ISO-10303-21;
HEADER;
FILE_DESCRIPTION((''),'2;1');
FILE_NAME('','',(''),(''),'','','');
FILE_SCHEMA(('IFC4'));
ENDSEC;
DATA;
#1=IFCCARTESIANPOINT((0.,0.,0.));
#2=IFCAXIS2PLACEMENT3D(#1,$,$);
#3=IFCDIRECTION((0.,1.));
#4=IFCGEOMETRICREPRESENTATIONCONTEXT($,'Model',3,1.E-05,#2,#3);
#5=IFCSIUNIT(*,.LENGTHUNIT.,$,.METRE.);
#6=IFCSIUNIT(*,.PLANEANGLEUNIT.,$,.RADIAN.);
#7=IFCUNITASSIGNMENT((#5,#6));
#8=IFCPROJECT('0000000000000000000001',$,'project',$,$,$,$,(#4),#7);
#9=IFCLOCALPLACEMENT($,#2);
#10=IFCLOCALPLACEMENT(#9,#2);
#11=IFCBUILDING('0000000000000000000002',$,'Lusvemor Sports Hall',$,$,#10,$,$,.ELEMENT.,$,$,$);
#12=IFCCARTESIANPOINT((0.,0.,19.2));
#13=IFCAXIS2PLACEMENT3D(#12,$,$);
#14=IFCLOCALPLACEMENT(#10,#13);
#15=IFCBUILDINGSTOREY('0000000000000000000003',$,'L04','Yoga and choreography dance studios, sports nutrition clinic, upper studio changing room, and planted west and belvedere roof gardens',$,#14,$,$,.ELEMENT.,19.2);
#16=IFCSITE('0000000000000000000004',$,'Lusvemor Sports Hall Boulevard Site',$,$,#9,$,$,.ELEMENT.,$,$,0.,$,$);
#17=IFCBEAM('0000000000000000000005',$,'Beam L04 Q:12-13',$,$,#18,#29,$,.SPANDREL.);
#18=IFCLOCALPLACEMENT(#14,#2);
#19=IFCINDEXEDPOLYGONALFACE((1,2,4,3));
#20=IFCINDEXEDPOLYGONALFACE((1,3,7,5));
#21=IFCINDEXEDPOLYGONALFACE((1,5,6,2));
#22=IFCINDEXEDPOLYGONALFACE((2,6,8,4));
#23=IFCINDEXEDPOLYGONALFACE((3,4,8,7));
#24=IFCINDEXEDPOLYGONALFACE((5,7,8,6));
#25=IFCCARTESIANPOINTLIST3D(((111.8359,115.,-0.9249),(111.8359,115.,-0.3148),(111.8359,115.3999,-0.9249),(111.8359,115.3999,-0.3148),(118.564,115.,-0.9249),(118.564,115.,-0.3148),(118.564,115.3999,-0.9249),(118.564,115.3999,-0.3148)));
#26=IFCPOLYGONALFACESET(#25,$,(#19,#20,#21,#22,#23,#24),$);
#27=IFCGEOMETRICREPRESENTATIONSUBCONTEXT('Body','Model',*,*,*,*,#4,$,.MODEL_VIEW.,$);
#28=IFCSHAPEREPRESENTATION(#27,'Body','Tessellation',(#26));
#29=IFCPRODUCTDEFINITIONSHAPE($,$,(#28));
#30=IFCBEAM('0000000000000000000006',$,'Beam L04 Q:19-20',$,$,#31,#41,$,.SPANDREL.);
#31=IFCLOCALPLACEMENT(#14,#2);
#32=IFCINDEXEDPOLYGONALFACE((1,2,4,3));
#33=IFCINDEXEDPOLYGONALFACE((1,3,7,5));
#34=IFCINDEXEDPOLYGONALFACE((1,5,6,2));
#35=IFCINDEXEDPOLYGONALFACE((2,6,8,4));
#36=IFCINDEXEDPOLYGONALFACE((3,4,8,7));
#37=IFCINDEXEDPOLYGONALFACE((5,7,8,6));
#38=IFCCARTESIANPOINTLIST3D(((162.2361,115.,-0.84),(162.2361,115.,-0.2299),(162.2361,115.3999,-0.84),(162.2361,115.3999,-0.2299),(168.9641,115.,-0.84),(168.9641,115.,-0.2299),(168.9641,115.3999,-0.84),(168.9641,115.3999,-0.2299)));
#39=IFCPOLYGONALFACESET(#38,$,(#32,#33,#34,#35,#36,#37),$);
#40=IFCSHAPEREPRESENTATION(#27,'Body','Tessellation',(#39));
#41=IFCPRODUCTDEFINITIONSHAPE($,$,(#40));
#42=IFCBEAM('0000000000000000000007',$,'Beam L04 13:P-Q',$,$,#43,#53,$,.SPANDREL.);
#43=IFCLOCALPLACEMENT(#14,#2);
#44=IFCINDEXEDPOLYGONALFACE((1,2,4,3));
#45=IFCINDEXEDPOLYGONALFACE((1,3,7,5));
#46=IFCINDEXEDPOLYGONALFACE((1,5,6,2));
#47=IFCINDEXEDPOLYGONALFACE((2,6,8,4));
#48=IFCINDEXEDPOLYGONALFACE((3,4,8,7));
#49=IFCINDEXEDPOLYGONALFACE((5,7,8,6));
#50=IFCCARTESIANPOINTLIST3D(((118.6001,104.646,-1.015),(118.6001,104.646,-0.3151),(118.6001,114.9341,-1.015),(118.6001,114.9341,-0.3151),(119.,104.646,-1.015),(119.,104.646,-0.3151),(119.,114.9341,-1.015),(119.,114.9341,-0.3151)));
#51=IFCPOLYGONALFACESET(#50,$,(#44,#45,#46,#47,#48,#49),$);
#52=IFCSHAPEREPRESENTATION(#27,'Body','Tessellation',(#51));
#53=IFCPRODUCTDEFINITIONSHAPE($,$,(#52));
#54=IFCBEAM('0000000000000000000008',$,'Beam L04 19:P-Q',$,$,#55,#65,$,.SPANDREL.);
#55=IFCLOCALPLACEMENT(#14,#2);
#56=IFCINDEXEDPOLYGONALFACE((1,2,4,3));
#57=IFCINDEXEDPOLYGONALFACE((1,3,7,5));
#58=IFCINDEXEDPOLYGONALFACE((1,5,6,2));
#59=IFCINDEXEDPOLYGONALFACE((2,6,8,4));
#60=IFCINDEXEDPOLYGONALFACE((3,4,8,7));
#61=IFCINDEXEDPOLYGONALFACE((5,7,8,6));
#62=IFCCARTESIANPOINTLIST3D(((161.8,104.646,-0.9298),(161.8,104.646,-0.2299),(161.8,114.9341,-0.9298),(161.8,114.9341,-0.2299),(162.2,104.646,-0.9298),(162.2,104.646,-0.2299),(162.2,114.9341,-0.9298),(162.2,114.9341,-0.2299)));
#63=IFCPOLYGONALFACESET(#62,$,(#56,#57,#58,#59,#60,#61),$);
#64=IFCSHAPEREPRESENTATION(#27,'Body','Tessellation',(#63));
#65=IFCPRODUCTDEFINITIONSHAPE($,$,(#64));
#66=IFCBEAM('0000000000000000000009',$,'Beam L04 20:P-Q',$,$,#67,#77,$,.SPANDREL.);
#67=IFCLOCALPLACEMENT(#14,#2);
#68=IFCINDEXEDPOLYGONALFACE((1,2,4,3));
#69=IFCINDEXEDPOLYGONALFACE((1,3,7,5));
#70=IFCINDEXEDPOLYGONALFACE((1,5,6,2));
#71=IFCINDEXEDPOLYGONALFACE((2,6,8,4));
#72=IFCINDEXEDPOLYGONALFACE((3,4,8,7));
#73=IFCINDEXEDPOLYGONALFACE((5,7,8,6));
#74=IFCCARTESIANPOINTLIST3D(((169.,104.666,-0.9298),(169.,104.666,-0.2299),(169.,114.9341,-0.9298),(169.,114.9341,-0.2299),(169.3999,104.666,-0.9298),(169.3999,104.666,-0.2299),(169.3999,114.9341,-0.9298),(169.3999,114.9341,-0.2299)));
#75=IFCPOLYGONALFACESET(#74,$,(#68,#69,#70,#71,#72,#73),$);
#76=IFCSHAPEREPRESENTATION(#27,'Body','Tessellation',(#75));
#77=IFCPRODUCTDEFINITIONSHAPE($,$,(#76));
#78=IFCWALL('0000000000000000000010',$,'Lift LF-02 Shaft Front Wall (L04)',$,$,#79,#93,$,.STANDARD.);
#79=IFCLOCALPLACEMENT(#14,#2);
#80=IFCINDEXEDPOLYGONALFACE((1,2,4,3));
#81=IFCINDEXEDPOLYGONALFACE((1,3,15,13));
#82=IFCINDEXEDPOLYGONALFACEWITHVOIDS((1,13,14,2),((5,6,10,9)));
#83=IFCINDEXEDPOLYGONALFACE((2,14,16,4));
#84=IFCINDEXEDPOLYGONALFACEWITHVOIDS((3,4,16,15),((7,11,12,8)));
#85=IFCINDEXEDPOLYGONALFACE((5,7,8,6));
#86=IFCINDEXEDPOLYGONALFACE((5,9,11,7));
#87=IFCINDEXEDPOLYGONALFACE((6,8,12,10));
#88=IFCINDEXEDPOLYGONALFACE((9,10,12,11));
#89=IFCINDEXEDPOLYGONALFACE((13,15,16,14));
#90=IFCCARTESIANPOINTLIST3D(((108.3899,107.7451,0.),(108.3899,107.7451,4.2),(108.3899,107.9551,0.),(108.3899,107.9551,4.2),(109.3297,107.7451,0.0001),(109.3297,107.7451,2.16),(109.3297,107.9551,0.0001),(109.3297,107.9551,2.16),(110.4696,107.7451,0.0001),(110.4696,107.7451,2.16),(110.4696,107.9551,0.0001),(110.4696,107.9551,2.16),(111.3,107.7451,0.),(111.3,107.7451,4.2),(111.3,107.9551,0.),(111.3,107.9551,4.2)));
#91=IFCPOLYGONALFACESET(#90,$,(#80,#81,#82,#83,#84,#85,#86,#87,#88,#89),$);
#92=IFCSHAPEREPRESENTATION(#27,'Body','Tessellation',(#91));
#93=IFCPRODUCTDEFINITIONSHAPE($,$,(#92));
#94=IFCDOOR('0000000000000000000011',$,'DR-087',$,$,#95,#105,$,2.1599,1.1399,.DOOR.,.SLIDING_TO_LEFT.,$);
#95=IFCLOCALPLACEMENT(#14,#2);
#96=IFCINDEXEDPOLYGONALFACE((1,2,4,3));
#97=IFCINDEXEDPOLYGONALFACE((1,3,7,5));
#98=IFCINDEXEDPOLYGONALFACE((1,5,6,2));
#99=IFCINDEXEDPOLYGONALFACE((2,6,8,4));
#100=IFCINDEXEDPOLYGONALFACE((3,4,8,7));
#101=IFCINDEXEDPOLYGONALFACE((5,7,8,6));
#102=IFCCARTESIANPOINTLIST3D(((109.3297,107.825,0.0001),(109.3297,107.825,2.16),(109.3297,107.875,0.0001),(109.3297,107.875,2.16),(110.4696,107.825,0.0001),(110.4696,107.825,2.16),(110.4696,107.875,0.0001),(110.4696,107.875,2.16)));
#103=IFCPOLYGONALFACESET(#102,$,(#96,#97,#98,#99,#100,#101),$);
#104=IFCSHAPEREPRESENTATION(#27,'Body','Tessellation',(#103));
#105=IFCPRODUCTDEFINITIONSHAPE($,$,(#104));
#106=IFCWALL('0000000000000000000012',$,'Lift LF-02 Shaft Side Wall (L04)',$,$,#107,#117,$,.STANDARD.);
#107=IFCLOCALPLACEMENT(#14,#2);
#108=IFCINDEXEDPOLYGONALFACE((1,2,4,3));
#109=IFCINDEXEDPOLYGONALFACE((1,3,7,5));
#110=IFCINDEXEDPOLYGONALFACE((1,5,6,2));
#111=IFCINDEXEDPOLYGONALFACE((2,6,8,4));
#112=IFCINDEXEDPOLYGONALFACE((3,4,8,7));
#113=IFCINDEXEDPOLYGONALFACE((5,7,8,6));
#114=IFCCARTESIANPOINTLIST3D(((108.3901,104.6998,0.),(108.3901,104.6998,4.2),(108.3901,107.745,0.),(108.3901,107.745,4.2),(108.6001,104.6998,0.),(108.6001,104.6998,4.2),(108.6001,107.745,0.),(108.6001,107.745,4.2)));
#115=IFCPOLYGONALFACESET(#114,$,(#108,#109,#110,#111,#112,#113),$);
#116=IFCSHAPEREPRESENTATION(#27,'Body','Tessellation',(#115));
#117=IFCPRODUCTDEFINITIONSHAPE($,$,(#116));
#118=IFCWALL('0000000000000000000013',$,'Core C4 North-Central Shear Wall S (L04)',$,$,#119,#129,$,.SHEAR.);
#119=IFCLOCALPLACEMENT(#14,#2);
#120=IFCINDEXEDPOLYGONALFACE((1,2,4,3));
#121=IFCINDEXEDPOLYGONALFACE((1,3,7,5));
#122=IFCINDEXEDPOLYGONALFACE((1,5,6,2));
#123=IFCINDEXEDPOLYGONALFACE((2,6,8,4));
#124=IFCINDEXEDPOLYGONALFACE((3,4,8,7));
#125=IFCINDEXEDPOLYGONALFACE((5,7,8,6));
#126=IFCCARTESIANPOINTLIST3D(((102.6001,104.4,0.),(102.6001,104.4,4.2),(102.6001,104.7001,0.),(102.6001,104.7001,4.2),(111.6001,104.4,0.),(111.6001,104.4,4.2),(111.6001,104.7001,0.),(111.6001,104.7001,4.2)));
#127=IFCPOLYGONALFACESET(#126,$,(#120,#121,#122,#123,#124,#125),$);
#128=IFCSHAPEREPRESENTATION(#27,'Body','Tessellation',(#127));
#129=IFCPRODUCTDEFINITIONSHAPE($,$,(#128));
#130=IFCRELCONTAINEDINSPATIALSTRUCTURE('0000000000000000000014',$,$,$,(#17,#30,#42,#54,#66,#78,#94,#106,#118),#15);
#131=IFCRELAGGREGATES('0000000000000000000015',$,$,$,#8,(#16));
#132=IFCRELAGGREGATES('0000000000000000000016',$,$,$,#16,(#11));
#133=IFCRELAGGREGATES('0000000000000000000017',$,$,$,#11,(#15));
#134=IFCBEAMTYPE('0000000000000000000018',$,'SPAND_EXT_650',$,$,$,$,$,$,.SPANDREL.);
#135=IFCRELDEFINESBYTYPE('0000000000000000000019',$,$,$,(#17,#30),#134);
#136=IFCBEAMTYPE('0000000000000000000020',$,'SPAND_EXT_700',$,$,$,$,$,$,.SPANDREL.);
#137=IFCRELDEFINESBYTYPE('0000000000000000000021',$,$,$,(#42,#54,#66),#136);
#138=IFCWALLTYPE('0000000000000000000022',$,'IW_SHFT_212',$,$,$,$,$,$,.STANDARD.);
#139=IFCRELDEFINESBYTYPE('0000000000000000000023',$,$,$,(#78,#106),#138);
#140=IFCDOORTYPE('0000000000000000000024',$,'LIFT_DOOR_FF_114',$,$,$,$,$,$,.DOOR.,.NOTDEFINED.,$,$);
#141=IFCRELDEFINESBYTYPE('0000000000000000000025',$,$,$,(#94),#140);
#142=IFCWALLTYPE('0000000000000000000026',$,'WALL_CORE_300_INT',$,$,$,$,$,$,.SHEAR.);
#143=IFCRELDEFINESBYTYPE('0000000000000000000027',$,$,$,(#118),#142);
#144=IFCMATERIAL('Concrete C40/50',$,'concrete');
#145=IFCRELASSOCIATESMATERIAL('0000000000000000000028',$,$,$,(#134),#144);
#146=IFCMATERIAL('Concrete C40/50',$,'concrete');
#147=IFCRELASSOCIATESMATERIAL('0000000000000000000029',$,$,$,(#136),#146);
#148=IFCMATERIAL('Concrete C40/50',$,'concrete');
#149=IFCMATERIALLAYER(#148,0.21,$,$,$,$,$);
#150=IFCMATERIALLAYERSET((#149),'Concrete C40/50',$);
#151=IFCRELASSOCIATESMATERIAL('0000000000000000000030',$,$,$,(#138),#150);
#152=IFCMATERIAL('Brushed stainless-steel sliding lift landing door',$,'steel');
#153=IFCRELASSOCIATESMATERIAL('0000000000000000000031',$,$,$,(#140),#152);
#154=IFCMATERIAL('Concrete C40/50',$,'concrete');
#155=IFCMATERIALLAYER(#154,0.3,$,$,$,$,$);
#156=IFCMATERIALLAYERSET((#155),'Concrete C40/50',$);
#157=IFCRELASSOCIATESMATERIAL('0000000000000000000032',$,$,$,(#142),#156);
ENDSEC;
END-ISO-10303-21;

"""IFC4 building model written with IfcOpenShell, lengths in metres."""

from ifc_helpers import new_model, si_unit, direction, frame, frame_2d, origin, origin_2d, place, context, subcontext, project, spatial, rectangle, extrude, material, layer, layer_set, material_profile, profile_set, type_object, element, fill, save


model = new_model("IFC4")

# Units and contexts
model_context = context("Model", 3, precision=1e-05, world=origin(), true_north=direction((0.0, 1.0)))
body_context = subcontext(model_context, "Body", "Model", "MODEL_VIEW")
ifc_project = project(units=[si_unit("LENGTHUNIT", "METRE"), si_unit("PLANEANGLEUNIT", "RADIAN")], contexts=[model_context])

# Site, building, storey
site_placement = place(None, origin())
site = spatial("IfcSite", under=ifc_project, at=site_placement, Name="Lusvemor Sports Hall Boulevard Site", CompositionType="ELEMENT", RefElevation=0.0)
building_placement = place(site_placement, origin())
building = spatial("IfcBuilding", under=site, at=building_placement, Name="Lusvemor Sports Hall", CompositionType="ELEMENT")
storey_placement = place(building_placement, frame((0.0, 0.0, 19.2)))
storey = spatial("IfcBuildingStorey", under=building, at=storey_placement, Name="L04", Description="Yoga and choreography dance studios, sports nutrition clinic, upper studio changing room, and planted west and belvedere roof gardens", CompositionType="ELEMENT", Elevation=19.2)

# Beams
ifc_material_1 = material(Name="Concrete C40/50", Category="concrete")
ifc_material_profile_1 = material_profile(ifc_material_1, rectangle(XDim=0.3999, YDim=0.6101, at=origin_2d()), Name="RC400x610")
ifc_profile_set_1 = profile_set([ifc_material_profile_1], Name="Concrete C40/50")
beam_type_1 = type_object("IfcBeamType", Name="SPAND_EXT_650", PredefinedType="SPANDREL", material=ifc_profile_set_1)
for number, where, z_axis, x_axis, name in (
    (1, (111.8359, 115.2, -0.6199), (1.0, 0.0, 0.0), (0.0, 1.0, 0.0), "Beam L04 Q:12-13"),
    (2, (162.2361, 115.2, -0.5349), (1.0, 0.0, 0.0), (0.0, 1.0, 0.0), "Beam L04 Q:19-20"),
):
    element("IfcBeam", number, at=place(storey_placement, frame(where, z_axis=z_axis, x_axis=x_axis)), inside=storey, type_object=beam_type_1, Name=name, PredefinedType="SPANDREL", context=body_context, shape_type="SweptSolid", body=[
        extrude(rectangle(XDim=0.3999, YDim=0.6101, at=origin_2d()), origin(), (0.0, 0.0, 1.0), 6.728),
    ])
ifc_material_2 = material(Name="Concrete C40/50", Category="concrete")
ifc_material_profile_2 = material_profile(ifc_material_2, rectangle(XDim=0.3999, YDim=0.7, at=origin_2d()), Name="RC400x700")
ifc_profile_set_2 = profile_set([ifc_material_profile_2], Name="Concrete C40/50")
beam_type_2 = type_object("IfcBeamType", Name="SPAND_EXT_700", PredefinedType="SPANDREL", material=ifc_profile_set_2)
for number, where, z_axis, x_axis, name in (
    (3, (118.8, 104.646, -0.665), (0.0, 1.0, 0.0), (-1.0, 0.0, 0.0), "Beam L04 13:P-Q"),
    (4, (162.0, 104.646, -0.5798), (0.0, 1.0, 0.0), (-1.0, 0.0, 0.0), "Beam L04 19:P-Q"),
):
    element("IfcBeam", number, at=place(storey_placement, frame(where, z_axis=z_axis, x_axis=x_axis)), inside=storey, type_object=beam_type_2, Name=name, PredefinedType="SPANDREL", context=body_context, shape_type="SweptSolid", body=[
        extrude(rectangle(XDim=0.3999, YDim=0.7, at=origin_2d()), origin(), (0.0, 0.0, 1.0), 10.2881),
    ])
beam_1_placement = place(storey_placement, frame((169.2, 104.666, -0.5798), z_axis=(0.0, 1.0, 0.0), x_axis=(-1.0, 0.0, 0.0)))
element("IfcBeam", 5, at=beam_1_placement, inside=storey, type_object=beam_type_2, Name="Beam L04 20:P-Q", PredefinedType="SPANDREL", context=body_context, shape_type="SweptSolid", body=[
    extrude(rectangle(XDim=0.3999, YDim=0.7, at=origin_2d()), origin(), (0.0, 0.0, 1.0), 10.2681),
])

# Wall, opening, door
ifc_material_3 = material(Name="Concrete C40/50", Category="concrete")
ifc_layer_1 = layer(ifc_material_3, 0.21)
ifc_layer_set_1 = layer_set([ifc_layer_1], Name="Concrete C40/50")
wall_type_1 = type_object("IfcWallType", Name="IW_SHFT_212", PredefinedType="STANDARD", material=ifc_layer_set_1)
wall_1_placement = place(storey_placement, frame((108.3899, 107.8501, 0.0), z_axis=(0.0, 0.0, 1.0), x_axis=(1.0, 0.0, 0.0)))
wall_1 = element("IfcWall", 6, at=wall_1_placement, inside=storey, type_object=wall_type_1, Name="Lift LF-02 Shaft Front Wall (L04)", PredefinedType="STANDARD", context=body_context, shape_type="SweptSolid", body=[
    extrude(rectangle(XDim=2.9102, YDim=0.21, at=frame_2d((1.4551, 0.0))), origin(), (0.0, 0.0, 1.0), 4.2),
])
opening_1_placement = place(wall_1_placement, frame((0.9399, 0.0, 0.0)))
opening_1 = element("IfcOpeningElement", 7, at=opening_1_placement, cuts=wall_1, PredefinedType="OPENING", context=body_context, shape_type="SweptSolid", body=[
    extrude(rectangle(XDim=1.1399, YDim=2.1599, at=frame_2d((0.5698, 1.0801))), frame((0.0, 0.105, 0.0), z_axis=(0.0, -1.0, 0.0), x_axis=(1.0, 0.0, 0.0)), (0.0, 0.0, 1.0), 0.21),
])
ifc_material_4 = material(Name="Brushed stainless-steel sliding lift landing door", Category="steel")
door_type_1 = type_object("IfcDoorType", Name="LIFT_DOOR_FF_114", OperationType="NOTDEFINED", PredefinedType="DOOR", material=ifc_material_4)
door_1_placement = place(opening_1_placement, origin())
door_1 = element("IfcDoor", 8, at=door_1_placement, inside=storey, type_object=door_type_1, Name="DR-087", OperationType="SLIDING_TO_LEFT", OverallHeight=2.1599, OverallWidth=1.1399, PredefinedType="DOOR", context=body_context, shape_type="SweptSolid", body=[
    extrude(rectangle(XDim=1.1399, YDim=2.1599, at=frame_2d((0.5698, 1.0801))), frame((0.0, 0.0249, 0.0), z_axis=(0.0, -1.0, 0.0), x_axis=(1.0, 0.0, 0.0)), (0.0, 0.0, 1.0), 0.05),
])
fill(opening_1, door_1)

# Walls
wall_2_placement = place(storey_placement, frame((108.4951, 104.7, 0.0), z_axis=(0.0, 0.0, 1.0), x_axis=(0.0, 1.0, 0.0)))
element("IfcWall", 9, at=wall_2_placement, inside=storey, type_object=wall_type_1, Name="Lift LF-02 Shaft Side Wall (L04)", PredefinedType="STANDARD", context=body_context, shape_type="SweptSolid", body=[
    extrude(rectangle(XDim=3.0452, YDim=0.21, at=frame_2d((1.5225, 0.0))), origin(), (0.0, 0.0, 1.0), 4.2),
])
ifc_material_5 = material(Name="Concrete C40/50", Category="concrete")
ifc_layer_2 = layer(ifc_material_5, 0.3)
ifc_layer_set_2 = layer_set([ifc_layer_2], Name="Concrete C40/50")
wall_type_2 = type_object("IfcWallType", Name="WALL_CORE_300_INT", PredefinedType="SHEAR", material=ifc_layer_set_2)
wall_3_placement = place(storey_placement, frame((111.6001, 104.55, 0.0), z_axis=(0.0, 0.0, 1.0), x_axis=(-1.0, 0.0, 0.0)))
element("IfcWall", 10, at=wall_3_placement, inside=storey, type_object=wall_type_2, Name="Core C4 North-Central Shear Wall S (L04)", PredefinedType="SHEAR", context=body_context, shape_type="SweptSolid", body=[
    extrude(rectangle(XDim=9.0, YDim=0.3, at=frame_2d((4.5, 0.0))), origin(), (0.0, 0.0, 1.0), 4.2),
])

save(model, "model.ifc")
